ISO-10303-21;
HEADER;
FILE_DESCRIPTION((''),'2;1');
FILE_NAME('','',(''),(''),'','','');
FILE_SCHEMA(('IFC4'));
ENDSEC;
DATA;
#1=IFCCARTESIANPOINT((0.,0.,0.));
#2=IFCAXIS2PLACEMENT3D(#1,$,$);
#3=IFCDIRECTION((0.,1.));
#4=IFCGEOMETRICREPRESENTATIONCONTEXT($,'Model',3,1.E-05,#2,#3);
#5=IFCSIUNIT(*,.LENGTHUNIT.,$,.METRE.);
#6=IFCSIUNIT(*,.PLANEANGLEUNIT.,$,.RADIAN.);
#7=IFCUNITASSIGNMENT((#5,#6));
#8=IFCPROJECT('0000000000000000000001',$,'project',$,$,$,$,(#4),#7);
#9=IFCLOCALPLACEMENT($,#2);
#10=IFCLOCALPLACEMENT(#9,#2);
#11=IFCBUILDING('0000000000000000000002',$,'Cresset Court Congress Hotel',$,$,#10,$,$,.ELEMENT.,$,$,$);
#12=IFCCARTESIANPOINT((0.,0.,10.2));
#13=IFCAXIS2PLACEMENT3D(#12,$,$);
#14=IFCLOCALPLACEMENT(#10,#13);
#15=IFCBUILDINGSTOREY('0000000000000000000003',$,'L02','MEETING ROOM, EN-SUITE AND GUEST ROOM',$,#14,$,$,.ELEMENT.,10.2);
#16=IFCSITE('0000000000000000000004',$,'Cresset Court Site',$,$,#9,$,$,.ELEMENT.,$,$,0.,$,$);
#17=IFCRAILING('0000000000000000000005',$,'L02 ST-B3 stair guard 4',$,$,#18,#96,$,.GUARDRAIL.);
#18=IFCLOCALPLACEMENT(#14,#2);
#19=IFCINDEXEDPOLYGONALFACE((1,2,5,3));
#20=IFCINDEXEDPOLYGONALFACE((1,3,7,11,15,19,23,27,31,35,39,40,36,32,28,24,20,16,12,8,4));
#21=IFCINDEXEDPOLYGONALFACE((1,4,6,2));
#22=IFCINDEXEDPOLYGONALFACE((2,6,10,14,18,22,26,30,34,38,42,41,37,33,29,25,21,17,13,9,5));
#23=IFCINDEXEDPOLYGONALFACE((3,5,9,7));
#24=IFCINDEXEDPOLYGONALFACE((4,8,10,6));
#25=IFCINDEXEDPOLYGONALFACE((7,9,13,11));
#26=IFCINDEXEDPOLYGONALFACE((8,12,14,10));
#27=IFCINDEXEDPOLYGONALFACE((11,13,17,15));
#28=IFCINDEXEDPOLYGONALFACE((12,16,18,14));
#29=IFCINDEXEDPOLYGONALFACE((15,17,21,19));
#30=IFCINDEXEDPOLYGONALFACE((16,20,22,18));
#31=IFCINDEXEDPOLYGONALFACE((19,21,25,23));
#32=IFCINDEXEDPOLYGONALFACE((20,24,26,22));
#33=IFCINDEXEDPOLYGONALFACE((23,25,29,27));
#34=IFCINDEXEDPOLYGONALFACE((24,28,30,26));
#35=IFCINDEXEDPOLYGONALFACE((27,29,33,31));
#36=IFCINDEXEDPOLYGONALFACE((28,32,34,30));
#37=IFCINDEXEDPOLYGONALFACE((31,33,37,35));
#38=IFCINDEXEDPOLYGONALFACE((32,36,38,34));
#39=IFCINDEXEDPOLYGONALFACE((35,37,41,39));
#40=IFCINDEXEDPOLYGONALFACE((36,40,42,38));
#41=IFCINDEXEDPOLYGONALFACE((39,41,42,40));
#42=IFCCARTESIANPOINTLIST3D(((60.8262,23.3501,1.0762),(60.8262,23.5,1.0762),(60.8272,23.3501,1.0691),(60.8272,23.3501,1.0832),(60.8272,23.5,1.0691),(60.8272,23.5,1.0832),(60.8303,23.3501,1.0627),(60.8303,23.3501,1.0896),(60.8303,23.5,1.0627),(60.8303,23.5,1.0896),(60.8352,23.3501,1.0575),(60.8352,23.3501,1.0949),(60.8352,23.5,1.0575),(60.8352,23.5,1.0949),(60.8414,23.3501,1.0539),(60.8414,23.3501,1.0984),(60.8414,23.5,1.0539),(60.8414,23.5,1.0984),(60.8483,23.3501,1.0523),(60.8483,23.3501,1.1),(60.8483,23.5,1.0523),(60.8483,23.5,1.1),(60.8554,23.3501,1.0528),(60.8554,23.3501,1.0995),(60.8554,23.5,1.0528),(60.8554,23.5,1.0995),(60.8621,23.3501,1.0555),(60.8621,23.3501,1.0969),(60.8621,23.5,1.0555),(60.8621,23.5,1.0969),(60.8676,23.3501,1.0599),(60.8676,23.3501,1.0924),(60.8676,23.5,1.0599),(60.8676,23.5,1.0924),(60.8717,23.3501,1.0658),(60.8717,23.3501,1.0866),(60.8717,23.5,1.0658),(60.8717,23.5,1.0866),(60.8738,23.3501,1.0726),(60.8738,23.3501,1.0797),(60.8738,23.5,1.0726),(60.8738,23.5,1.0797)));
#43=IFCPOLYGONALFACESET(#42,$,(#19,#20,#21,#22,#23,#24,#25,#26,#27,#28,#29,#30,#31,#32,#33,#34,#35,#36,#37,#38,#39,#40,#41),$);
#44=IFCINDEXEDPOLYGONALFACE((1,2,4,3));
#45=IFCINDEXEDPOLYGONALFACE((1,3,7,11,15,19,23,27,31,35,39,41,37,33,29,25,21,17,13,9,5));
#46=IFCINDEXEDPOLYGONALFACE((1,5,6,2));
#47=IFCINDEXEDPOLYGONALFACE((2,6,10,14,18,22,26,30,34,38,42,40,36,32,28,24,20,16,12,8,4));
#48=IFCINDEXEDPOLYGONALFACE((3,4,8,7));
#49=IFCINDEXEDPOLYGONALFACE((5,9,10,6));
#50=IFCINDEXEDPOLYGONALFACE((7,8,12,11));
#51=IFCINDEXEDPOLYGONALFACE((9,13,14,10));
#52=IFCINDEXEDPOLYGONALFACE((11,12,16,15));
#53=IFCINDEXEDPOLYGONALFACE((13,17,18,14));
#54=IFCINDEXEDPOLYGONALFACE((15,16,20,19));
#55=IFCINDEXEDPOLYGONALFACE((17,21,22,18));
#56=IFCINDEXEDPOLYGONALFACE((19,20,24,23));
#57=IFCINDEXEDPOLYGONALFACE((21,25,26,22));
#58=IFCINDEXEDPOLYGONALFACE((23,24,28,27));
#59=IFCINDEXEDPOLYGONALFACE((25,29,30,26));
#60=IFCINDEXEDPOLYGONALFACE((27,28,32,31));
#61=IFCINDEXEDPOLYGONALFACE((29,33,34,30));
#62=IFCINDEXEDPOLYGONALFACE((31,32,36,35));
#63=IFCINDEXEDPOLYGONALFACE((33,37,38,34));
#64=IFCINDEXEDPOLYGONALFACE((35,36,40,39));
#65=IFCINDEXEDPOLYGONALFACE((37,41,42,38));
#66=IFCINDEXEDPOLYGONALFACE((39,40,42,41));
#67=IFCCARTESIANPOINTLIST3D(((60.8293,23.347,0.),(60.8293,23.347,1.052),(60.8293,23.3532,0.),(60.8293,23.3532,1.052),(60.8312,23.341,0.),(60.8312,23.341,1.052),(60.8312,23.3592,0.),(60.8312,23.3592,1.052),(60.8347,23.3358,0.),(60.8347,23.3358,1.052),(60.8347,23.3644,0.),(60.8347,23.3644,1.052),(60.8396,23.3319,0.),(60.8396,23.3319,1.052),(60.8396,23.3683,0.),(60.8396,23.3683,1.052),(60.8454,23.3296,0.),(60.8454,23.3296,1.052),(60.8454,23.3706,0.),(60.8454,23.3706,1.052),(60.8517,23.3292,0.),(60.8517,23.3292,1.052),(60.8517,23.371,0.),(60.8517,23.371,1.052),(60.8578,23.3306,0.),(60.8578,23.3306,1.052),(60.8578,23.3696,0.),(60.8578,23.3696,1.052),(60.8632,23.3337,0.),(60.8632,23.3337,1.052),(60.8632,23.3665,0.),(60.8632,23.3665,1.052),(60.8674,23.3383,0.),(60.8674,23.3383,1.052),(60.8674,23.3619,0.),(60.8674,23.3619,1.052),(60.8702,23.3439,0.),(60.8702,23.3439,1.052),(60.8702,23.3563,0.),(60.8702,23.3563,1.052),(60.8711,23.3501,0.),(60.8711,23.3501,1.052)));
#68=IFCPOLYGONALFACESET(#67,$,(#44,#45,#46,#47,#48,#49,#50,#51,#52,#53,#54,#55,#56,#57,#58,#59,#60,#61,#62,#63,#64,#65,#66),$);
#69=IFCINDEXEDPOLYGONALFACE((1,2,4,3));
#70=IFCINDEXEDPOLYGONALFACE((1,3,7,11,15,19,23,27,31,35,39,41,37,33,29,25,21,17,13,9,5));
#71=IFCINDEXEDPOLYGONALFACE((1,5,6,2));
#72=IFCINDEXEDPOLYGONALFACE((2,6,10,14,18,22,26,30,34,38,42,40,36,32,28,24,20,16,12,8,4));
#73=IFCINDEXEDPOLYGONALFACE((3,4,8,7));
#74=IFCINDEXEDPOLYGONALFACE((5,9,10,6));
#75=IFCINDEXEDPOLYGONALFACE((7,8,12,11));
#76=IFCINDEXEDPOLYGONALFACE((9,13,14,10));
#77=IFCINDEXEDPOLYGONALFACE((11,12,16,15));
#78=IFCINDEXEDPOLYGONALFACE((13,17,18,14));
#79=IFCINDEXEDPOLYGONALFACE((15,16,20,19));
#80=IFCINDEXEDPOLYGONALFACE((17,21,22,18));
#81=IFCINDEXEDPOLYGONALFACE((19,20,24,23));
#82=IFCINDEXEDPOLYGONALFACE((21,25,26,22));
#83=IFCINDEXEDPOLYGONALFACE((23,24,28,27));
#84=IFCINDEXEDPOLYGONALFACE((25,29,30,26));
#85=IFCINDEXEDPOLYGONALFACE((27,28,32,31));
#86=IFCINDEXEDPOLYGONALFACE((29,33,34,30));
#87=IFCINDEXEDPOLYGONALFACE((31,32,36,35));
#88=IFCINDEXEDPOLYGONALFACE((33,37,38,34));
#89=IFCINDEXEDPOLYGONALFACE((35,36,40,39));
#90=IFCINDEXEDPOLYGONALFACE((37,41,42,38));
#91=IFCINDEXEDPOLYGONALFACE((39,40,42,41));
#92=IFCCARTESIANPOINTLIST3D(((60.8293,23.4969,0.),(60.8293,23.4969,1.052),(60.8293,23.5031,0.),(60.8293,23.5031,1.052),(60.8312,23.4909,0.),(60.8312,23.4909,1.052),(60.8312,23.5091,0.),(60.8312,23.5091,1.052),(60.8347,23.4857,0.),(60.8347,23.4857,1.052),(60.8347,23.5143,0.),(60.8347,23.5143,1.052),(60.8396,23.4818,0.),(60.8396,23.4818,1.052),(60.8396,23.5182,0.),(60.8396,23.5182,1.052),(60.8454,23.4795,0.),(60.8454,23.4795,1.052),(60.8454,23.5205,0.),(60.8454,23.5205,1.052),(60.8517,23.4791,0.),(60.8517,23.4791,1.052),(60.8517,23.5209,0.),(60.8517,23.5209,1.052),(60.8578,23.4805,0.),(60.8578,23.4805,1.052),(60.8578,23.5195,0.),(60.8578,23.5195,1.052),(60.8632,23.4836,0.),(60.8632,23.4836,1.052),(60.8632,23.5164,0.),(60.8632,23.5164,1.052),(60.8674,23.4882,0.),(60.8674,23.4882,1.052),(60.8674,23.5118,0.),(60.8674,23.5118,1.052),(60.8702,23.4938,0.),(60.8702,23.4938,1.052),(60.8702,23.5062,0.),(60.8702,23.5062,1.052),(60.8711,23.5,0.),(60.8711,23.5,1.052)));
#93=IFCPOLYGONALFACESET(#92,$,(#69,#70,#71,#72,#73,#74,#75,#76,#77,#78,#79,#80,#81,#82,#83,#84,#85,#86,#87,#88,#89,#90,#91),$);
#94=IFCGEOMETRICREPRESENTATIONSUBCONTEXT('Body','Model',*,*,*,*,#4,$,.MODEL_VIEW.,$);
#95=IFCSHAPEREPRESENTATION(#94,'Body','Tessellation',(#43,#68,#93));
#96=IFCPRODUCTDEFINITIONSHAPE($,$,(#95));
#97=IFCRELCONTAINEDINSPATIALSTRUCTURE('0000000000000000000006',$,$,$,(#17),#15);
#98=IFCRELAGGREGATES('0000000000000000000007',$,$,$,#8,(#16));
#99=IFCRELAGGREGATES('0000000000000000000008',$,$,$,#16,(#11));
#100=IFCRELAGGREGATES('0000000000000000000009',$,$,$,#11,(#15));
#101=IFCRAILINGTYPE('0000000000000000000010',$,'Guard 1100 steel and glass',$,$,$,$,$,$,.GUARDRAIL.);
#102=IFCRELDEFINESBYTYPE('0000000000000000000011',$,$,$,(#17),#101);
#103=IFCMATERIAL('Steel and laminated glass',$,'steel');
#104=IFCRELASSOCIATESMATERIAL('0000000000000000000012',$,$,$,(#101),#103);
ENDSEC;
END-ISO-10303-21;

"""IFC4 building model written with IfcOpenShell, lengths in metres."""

from ifc_helpers import new_model, si_unit, direction, frame, origin, origin_2d, place, context, subcontext, project, spatial, circle, extrude, material, type_object, element, save


model = new_model("IFC4")

# Units and contexts
model_context = context("Model", 3, precision=1e-05, world=origin(), true_north=direction((0.0, 1.0)))
body_context = subcontext(model_context, "Body", "Model", "MODEL_VIEW")
ifc_project = project(units=[si_unit("LENGTHUNIT", "METRE"), si_unit("PLANEANGLEUNIT", "RADIAN")], contexts=[model_context])

# Site, building, storey
site_placement = place(None, origin())
site = spatial("IfcSite", under=ifc_project, at=site_placement, Name="Cresset Court Site", CompositionType="ELEMENT", RefElevation=0.0)
building_placement = place(site_placement, origin())
building = spatial("IfcBuilding", under=site, at=building_placement, Name="Cresset Court Congress Hotel", CompositionType="ELEMENT")
storey_placement = place(building_placement, frame((0.0, 0.0, 10.2)))
storey = spatial("IfcBuildingStorey", under=building, at=storey_placement, Name="L02", Description="MEETING ROOM, EN-SUITE AND GUEST ROOM", CompositionType="ELEMENT", Elevation=10.2)

# Railing
ifc_material_1 = material(Name="Steel and laminated glass", Category="steel")
railing_type_1 = type_object("IfcRailingType", Name="Guard 1100 steel and glass", PredefinedType="GUARDRAIL", material=ifc_material_1)
railing_1_placement = place(storey_placement, frame((60.8501, 23.3501, 0.0)))
element("IfcRailing", 1, at=railing_1_placement, inside=storey, type_object=railing_type_1, Name="L02 ST-B3 stair guard 4", PredefinedType="GUARDRAIL", context=body_context, shape_type="SweptSolid", body=[
    extrude(circle(Radius=0.0239, at=origin_2d()), frame((0.0, 0.0, 1.0762), z_axis=(0.0, 1.0, 0.0), x_axis=(-1.0, 0.0, 0.0)), (0.0, 0.0, 1.0), 0.1499),
    extrude(circle(Radius=0.021, at=origin_2d()), origin(), (0.0, 0.0, 1.0), 1.052),
    extrude(circle(Radius=0.021, at=origin_2d()), frame((0.0, 0.1499, 0.0)), (0.0, 0.0, 1.0), 1.052),
])

save(model, "model.ifc")
